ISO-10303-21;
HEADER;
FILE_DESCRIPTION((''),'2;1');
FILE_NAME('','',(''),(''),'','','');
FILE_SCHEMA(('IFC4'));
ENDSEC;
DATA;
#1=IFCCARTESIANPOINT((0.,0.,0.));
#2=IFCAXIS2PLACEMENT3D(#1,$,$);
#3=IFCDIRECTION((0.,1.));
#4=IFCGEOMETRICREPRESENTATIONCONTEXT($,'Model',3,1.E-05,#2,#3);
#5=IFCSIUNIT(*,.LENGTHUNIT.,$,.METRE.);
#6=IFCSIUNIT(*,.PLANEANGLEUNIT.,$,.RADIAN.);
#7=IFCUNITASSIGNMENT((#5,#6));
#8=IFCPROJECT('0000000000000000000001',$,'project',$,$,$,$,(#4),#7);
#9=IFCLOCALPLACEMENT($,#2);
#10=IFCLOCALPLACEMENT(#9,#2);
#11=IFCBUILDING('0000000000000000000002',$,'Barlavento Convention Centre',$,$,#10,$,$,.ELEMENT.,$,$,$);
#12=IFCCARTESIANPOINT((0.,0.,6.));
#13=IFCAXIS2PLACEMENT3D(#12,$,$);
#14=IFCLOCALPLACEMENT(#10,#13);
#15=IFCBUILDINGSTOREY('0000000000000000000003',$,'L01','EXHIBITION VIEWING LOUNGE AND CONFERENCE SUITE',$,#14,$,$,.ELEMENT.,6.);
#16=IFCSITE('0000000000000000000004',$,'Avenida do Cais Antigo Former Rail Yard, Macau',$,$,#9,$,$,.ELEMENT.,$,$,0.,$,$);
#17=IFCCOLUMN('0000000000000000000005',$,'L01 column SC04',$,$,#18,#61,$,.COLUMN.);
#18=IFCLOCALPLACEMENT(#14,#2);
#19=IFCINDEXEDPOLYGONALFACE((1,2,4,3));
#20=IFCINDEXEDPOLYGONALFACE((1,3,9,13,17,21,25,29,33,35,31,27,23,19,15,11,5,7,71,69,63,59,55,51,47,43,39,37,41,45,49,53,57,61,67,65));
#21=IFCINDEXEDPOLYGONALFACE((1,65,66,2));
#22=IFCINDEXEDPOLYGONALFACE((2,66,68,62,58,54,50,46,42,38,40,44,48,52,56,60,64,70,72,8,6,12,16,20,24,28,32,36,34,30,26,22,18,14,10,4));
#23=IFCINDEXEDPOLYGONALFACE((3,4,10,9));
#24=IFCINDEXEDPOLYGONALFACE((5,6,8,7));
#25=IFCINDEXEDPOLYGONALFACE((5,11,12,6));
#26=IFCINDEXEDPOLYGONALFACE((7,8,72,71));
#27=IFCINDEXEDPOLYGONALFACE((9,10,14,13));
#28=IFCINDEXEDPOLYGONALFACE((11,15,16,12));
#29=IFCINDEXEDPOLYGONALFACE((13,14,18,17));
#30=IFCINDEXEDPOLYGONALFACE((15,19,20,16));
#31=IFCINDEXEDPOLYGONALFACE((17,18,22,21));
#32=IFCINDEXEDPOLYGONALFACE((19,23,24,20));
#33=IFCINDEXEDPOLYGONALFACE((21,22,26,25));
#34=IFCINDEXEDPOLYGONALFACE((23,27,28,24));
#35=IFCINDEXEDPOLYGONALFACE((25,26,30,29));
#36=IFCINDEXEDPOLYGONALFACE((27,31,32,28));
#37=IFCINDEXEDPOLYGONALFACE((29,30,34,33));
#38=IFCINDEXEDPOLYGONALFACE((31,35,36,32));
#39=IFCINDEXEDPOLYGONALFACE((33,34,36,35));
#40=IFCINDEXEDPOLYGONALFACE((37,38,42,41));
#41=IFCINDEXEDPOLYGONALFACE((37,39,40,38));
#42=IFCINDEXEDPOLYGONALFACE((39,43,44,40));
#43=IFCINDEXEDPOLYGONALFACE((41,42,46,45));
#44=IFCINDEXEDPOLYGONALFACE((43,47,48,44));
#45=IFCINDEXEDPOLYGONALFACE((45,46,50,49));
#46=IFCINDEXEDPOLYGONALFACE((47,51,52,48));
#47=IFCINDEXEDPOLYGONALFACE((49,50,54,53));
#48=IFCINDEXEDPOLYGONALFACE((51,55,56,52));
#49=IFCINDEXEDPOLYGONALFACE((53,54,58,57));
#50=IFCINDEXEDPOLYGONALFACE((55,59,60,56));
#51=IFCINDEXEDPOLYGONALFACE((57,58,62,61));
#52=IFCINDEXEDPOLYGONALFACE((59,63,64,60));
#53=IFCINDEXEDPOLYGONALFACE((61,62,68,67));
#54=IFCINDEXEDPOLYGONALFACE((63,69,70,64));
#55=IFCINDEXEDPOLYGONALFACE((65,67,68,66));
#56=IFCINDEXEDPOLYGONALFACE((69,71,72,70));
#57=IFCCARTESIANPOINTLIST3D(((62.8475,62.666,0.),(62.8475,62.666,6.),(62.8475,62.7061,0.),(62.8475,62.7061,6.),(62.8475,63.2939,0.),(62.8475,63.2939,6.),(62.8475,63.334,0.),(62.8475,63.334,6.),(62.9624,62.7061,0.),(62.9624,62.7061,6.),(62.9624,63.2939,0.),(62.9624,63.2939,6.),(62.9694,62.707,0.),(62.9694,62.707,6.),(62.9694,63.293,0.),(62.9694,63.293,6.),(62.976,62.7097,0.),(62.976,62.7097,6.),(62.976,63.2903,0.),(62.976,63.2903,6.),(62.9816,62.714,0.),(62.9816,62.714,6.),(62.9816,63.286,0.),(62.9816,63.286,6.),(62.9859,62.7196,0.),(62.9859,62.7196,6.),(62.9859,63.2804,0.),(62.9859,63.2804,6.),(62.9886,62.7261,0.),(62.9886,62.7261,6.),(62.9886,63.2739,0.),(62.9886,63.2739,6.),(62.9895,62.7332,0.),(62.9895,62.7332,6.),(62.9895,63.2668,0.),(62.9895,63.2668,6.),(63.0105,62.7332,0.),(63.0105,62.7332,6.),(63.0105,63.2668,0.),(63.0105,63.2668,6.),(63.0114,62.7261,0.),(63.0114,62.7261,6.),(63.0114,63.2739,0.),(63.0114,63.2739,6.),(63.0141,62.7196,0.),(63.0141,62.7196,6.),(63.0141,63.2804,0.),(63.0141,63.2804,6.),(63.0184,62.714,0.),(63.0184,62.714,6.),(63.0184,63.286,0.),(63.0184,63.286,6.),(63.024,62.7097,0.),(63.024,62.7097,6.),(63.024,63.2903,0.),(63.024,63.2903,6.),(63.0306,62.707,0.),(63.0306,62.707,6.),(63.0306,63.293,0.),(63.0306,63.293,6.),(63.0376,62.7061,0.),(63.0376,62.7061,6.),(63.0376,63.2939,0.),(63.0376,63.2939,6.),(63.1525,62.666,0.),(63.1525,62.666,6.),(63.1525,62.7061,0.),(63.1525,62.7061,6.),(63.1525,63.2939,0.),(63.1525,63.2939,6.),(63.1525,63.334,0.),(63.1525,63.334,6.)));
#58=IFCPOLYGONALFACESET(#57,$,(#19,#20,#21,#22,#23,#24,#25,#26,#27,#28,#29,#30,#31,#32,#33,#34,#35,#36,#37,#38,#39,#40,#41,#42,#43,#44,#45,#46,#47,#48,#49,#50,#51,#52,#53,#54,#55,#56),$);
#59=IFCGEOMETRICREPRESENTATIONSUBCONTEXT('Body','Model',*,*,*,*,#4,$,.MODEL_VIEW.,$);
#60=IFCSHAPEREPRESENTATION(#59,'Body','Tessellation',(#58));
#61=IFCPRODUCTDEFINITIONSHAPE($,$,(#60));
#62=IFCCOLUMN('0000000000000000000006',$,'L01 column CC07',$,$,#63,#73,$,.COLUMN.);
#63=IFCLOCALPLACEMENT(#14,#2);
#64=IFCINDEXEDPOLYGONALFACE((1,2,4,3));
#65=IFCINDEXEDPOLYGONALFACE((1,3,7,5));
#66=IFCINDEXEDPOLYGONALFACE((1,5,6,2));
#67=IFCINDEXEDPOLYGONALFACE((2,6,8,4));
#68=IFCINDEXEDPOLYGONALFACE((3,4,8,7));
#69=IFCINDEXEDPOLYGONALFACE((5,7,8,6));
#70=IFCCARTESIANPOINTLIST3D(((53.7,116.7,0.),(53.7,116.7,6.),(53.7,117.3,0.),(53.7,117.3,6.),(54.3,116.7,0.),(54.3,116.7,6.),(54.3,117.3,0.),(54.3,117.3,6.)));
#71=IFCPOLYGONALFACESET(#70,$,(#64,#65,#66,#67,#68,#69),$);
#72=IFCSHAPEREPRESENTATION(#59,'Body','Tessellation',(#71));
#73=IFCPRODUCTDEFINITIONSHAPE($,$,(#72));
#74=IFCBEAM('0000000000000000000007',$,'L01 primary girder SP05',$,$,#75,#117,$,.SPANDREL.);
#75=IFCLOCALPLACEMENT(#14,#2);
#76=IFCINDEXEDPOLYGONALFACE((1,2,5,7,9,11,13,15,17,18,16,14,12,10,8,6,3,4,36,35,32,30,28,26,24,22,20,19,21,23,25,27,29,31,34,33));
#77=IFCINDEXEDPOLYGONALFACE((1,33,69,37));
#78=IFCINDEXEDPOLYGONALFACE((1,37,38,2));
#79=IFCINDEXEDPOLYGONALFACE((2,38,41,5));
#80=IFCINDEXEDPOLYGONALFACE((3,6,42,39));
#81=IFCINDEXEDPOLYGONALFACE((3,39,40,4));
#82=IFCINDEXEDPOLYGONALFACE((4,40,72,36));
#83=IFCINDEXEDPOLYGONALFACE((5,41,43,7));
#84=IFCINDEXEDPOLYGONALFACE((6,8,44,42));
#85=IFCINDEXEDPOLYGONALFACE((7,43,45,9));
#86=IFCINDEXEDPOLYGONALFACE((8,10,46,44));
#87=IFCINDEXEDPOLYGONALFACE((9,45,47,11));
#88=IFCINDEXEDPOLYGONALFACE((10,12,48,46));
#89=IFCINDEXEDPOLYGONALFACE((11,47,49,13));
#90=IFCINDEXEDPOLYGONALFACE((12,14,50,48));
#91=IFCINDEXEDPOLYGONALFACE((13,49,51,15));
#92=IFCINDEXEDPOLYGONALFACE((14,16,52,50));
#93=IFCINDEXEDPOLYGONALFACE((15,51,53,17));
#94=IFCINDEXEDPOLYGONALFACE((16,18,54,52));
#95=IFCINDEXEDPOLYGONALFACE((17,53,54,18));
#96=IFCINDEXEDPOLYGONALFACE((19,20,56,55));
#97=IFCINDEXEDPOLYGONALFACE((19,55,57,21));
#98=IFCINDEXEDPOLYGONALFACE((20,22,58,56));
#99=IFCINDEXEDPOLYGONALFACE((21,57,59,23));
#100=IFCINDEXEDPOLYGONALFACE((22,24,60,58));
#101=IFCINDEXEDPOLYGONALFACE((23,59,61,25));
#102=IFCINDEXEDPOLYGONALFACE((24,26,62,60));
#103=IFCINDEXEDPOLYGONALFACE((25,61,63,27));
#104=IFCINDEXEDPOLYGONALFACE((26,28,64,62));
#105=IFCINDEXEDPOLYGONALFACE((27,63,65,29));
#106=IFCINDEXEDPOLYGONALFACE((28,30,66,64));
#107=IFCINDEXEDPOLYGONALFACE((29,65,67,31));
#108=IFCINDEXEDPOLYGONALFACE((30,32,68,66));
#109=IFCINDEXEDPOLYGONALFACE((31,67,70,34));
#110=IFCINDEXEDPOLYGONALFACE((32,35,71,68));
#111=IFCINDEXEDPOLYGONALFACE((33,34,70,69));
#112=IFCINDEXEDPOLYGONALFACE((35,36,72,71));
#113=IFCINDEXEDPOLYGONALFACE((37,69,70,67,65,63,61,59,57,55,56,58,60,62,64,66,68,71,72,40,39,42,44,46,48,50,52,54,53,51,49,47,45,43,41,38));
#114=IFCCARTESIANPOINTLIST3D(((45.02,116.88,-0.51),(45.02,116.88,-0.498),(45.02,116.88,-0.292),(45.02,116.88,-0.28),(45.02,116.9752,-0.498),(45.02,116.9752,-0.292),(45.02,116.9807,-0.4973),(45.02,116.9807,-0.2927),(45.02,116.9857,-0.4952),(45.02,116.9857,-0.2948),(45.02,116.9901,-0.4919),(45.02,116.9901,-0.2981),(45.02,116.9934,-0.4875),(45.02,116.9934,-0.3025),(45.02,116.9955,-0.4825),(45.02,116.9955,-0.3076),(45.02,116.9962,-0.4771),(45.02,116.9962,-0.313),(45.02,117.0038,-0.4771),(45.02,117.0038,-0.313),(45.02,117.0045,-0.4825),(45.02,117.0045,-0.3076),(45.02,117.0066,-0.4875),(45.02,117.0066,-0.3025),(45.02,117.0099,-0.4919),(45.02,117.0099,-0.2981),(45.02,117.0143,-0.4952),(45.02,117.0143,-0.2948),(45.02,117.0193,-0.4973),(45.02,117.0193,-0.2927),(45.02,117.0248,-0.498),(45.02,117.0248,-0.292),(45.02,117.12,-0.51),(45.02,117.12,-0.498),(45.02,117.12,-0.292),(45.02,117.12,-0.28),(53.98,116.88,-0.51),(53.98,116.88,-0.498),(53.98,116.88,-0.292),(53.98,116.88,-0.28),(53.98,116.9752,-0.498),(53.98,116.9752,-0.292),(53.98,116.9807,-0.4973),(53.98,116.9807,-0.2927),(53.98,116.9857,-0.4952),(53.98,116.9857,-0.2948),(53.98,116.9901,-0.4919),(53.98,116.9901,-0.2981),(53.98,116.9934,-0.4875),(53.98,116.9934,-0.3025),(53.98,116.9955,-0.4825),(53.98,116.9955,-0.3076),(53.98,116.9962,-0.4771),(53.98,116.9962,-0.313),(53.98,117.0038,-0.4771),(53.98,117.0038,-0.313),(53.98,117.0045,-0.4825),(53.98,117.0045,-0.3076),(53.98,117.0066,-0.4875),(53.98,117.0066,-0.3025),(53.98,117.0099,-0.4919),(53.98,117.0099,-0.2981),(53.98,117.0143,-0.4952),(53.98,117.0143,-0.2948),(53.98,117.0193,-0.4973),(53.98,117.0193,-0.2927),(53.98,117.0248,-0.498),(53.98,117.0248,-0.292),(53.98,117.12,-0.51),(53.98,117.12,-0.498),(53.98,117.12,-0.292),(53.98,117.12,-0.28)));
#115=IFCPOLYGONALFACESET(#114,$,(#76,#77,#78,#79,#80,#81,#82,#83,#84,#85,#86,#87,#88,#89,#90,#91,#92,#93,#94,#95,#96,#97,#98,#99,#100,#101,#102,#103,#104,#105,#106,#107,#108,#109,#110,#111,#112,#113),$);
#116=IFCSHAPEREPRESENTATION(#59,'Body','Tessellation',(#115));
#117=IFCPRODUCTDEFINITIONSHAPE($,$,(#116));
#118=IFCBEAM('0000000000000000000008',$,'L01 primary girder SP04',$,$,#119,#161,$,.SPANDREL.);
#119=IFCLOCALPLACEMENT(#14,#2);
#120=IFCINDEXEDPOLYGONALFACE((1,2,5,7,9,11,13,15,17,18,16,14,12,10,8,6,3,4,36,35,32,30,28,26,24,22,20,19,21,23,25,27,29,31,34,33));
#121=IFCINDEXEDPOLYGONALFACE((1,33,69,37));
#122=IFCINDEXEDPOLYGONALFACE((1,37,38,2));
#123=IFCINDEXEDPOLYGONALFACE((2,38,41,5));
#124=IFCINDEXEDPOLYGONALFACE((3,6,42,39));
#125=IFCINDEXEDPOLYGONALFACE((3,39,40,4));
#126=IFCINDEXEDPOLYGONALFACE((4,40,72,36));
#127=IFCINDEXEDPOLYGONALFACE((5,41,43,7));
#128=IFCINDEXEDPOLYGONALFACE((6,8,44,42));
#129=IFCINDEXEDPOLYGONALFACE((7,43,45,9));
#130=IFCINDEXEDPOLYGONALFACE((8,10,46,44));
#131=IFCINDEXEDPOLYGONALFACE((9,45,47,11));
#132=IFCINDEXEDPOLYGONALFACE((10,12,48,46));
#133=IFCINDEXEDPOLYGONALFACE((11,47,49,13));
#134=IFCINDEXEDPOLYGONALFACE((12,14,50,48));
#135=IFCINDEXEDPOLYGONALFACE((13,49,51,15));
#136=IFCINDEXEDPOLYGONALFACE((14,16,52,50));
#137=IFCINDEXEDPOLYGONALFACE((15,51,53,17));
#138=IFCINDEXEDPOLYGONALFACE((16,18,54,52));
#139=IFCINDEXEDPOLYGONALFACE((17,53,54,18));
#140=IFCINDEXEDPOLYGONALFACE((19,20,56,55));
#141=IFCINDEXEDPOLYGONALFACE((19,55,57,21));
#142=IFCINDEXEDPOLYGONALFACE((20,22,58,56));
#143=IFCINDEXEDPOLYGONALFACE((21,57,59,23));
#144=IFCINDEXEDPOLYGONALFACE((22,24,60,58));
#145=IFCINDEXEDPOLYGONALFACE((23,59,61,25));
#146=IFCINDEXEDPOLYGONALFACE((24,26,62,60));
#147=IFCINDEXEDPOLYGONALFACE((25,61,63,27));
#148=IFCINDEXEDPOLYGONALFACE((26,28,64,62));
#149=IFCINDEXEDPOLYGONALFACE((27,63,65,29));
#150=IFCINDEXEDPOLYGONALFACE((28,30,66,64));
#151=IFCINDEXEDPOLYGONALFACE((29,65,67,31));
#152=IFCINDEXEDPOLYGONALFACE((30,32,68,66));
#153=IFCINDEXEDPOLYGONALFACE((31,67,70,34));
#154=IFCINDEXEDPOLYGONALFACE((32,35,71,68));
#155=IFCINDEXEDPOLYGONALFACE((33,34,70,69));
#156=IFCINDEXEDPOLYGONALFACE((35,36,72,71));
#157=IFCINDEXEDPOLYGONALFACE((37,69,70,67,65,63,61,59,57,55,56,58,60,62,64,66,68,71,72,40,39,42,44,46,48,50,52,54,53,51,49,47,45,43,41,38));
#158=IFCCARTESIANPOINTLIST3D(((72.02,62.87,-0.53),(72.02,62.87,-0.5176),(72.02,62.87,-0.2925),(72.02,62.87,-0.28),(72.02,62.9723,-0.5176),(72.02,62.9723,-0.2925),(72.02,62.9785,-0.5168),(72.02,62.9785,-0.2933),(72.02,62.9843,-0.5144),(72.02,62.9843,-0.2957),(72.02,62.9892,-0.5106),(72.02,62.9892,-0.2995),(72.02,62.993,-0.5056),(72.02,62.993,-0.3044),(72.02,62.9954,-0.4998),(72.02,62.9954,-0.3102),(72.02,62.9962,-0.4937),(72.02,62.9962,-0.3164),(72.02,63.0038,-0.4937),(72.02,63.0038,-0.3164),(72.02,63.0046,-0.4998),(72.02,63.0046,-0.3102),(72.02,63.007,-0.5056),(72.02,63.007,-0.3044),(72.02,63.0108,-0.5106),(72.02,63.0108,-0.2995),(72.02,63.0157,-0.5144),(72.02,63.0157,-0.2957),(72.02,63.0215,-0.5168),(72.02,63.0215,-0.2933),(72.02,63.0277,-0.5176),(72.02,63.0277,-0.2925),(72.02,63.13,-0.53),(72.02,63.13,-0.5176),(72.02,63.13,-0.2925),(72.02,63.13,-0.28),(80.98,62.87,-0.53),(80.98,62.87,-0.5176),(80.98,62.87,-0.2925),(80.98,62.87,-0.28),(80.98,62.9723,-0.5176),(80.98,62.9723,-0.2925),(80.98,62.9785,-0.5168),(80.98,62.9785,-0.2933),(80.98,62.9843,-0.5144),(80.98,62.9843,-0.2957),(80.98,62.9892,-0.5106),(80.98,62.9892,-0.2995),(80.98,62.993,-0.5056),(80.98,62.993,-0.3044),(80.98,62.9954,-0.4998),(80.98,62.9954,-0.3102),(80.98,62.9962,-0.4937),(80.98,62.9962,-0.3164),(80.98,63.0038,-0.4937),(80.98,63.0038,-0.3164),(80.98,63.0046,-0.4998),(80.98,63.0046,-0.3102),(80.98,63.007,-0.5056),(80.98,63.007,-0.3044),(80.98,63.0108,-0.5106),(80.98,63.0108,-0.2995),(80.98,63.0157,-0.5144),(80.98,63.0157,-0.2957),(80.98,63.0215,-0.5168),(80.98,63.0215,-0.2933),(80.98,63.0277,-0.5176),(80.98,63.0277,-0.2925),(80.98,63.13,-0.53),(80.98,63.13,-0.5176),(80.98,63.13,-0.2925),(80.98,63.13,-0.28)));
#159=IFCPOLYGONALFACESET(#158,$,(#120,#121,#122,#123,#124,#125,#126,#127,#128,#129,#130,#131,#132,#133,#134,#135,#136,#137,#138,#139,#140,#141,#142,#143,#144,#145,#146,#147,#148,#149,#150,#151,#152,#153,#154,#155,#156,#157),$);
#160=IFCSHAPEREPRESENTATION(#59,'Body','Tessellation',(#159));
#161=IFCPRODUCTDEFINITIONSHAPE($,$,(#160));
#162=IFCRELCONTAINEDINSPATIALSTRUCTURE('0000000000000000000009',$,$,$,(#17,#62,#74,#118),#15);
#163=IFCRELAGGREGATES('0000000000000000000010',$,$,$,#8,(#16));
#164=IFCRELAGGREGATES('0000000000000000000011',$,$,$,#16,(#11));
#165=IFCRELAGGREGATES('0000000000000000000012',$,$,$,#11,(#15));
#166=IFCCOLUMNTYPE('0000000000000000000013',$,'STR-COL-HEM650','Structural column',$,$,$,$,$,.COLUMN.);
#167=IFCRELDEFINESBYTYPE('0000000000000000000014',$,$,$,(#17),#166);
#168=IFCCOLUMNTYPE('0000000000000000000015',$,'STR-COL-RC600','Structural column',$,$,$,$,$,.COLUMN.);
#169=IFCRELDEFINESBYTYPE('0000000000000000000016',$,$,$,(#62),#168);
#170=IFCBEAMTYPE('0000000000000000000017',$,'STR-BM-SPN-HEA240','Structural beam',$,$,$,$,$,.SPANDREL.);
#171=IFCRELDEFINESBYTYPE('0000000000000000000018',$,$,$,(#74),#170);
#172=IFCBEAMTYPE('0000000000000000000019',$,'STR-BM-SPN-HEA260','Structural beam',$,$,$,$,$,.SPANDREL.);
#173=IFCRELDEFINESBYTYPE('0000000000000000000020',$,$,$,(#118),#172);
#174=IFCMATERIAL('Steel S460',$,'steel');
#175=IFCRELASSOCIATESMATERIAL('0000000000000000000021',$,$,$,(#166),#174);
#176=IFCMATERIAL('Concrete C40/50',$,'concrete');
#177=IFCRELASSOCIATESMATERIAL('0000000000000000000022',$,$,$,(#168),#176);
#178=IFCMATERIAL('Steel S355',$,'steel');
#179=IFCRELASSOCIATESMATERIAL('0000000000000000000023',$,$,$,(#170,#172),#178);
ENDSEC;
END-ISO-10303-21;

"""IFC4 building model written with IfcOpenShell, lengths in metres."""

from ifc_helpers import new_model, si_unit, direction, frame, origin, origin_2d, place, context, subcontext, project, spatial, rectangle, i_section, extrude, material, material_profile, profile_set, type_object, element, save


model = new_model("IFC4")

# Units and contexts
model_context = context("Model", 3, precision=1e-05, world=origin(), true_north=direction((0.0, 1.0)))
body_context = subcontext(model_context, "Body", "Model", "MODEL_VIEW")
ifc_project = project(units=[si_unit("LENGTHUNIT", "METRE"), si_unit("PLANEANGLEUNIT", "RADIAN")], contexts=[model_context])

# Site, building, storey
site_placement = place(None, origin())
site = spatial("IfcSite", under=ifc_project, at=site_placement, Name="Avenida do Cais Antigo Former Rail Yard, Macau", CompositionType="ELEMENT", RefElevation=0.0)
building_placement = place(site_placement, origin())
building = spatial("IfcBuilding", under=site, at=building_placement, Name="Barlavento Convention Centre", CompositionType="ELEMENT")
storey_placement = place(building_placement, frame((0.0, 0.0, 6.0)))
storey = spatial("IfcBuildingStorey", under=building, at=storey_placement, Name="L01", Description="EXHIBITION VIEWING LOUNGE AND CONFERENCE SUITE", CompositionType="ELEMENT", Elevation=6.0)

# Columns
ifc_material_1 = material(Name="Steel S355", Category="steel")
ifc_material_2 = material(Name="Steel S460", Category="steel")
ifc_material_profile_1 = material_profile(ifc_material_2, i_section(OverallWidth=0.3049, OverallDepth=0.668, WebThickness=0.021, FlangeThickness=0.04, FilletRadius=0.0271, at=origin_2d()), Name="HEM 650")
ifc_profile_set_1 = profile_set([ifc_material_profile_1], Name="Steel S460")
column_type_1 = type_object("IfcColumnType", Name="STR-COL-HEM650", Description="Structural column", PredefinedType="COLUMN", material=ifc_profile_set_1)
column_1_placement = place(storey_placement, frame((63.0, 63.0, 0.0), z_axis=(0.0, 0.0, 1.0), x_axis=(1.0, 0.0, 0.0)))
element("IfcColumn", 1, at=column_1_placement, inside=storey, type_object=column_type_1, Name="L01 column SC04", PredefinedType="COLUMN", context=body_context, shape_type="SweptSolid", body=[
    extrude(i_section(OverallWidth=0.3049, OverallDepth=0.668, WebThickness=0.021, FlangeThickness=0.04, FilletRadius=0.0271, at=origin_2d()), origin(), (0.0, 0.0, 1.0), 6.0),
])
ifc_material_3 = material(Name="Concrete C40/50", Category="concrete")
ifc_material_profile_2 = material_profile(ifc_material_3, rectangle(XDim=0.6001, YDim=0.6001, at=origin_2d()), Name="RC 600x600")
ifc_profile_set_2 = profile_set([ifc_material_profile_2], Name="Concrete C40/50")
column_type_2 = type_object("IfcColumnType", Name="STR-COL-RC600", Description="Structural column", PredefinedType="COLUMN", material=ifc_profile_set_2)
column_2_placement = place(storey_placement, frame((54.0, 117.0, 0.0), z_axis=(0.0, 0.0, 1.0), x_axis=(1.0, 0.0, 0.0)))
element("IfcColumn", 2, at=column_2_placement, inside=storey, type_object=column_type_2, Name="L01 column CC07", PredefinedType="COLUMN", context=body_context, shape_type="SweptSolid", body=[
    extrude(rectangle(XDim=0.6001, YDim=0.6001, at=origin_2d()), origin(), (0.0, 0.0, 1.0), 6.0),
])

# Beams
ifc_material_profile_3 = material_profile(ifc_material_1, i_section(OverallWidth=0.24, OverallDepth=0.23, WebThickness=0.0076, FlangeThickness=0.012, FilletRadius=0.021, at=origin_2d()), Name="HEA 240")
ifc_profile_set_3 = profile_set([ifc_material_profile_3], Name="Steel S355")
beam_type_1 = type_object("IfcBeamType", Name="STR-BM-SPN-HEA240", Description="Structural beam", PredefinedType="SPANDREL", material=ifc_profile_set_3)
beam_1_placement = place(storey_placement, frame((45.02, 117.0, -0.395), z_axis=(1.0, 0.0, 0.0), x_axis=(0.0, 1.0, 0.0)))
element("IfcBeam", 3, at=beam_1_placement, inside=storey, type_object=beam_type_1, Name="L01 primary girder SP05", PredefinedType="SPANDREL", context=body_context, shape_type="SweptSolid", body=[
    extrude(i_section(OverallWidth=0.24, OverallDepth=0.23, WebThickness=0.0076, FlangeThickness=0.012, FilletRadius=0.021, at=origin_2d()), origin(), (0.0, 0.0, 1.0), 8.96),
])
ifc_material_profile_4 = material_profile(ifc_material_1, i_section(OverallWidth=0.26, OverallDepth=0.25, WebThickness=0.0076, FlangeThickness=0.0125, FilletRadius=0.0239, at=origin_2d()), Name="HEA 260")
ifc_profile_set_4 = profile_set([ifc_material_profile_4], Name="Steel S355")
beam_type_2 = type_object("IfcBeamType", Name="STR-BM-SPN-HEA260", Description="Structural beam", PredefinedType="SPANDREL", material=ifc_profile_set_4)
for number, where, z_axis, x_axis, name in (
    (4, (72.02, 63.0, -0.405), (1.0, 0.0, 0.0), (0.0, 1.0, 0.0), "L01 primary girder SP04"),
):
    element("IfcBeam", number, at=place(storey_placement, frame(where, z_axis=z_axis, x_axis=x_axis)), inside=storey, type_object=beam_type_2, Name=name, PredefinedType="SPANDREL", context=body_context, shape_type="SweptSolid", body=[
        extrude(i_section(OverallWidth=0.26, OverallDepth=0.25, WebThickness=0.0076, FlangeThickness=0.0125, FilletRadius=0.0239, at=origin_2d()), origin(), (0.0, 0.0, 1.0), 8.96),
    ])

save(model, "model.ifc")
